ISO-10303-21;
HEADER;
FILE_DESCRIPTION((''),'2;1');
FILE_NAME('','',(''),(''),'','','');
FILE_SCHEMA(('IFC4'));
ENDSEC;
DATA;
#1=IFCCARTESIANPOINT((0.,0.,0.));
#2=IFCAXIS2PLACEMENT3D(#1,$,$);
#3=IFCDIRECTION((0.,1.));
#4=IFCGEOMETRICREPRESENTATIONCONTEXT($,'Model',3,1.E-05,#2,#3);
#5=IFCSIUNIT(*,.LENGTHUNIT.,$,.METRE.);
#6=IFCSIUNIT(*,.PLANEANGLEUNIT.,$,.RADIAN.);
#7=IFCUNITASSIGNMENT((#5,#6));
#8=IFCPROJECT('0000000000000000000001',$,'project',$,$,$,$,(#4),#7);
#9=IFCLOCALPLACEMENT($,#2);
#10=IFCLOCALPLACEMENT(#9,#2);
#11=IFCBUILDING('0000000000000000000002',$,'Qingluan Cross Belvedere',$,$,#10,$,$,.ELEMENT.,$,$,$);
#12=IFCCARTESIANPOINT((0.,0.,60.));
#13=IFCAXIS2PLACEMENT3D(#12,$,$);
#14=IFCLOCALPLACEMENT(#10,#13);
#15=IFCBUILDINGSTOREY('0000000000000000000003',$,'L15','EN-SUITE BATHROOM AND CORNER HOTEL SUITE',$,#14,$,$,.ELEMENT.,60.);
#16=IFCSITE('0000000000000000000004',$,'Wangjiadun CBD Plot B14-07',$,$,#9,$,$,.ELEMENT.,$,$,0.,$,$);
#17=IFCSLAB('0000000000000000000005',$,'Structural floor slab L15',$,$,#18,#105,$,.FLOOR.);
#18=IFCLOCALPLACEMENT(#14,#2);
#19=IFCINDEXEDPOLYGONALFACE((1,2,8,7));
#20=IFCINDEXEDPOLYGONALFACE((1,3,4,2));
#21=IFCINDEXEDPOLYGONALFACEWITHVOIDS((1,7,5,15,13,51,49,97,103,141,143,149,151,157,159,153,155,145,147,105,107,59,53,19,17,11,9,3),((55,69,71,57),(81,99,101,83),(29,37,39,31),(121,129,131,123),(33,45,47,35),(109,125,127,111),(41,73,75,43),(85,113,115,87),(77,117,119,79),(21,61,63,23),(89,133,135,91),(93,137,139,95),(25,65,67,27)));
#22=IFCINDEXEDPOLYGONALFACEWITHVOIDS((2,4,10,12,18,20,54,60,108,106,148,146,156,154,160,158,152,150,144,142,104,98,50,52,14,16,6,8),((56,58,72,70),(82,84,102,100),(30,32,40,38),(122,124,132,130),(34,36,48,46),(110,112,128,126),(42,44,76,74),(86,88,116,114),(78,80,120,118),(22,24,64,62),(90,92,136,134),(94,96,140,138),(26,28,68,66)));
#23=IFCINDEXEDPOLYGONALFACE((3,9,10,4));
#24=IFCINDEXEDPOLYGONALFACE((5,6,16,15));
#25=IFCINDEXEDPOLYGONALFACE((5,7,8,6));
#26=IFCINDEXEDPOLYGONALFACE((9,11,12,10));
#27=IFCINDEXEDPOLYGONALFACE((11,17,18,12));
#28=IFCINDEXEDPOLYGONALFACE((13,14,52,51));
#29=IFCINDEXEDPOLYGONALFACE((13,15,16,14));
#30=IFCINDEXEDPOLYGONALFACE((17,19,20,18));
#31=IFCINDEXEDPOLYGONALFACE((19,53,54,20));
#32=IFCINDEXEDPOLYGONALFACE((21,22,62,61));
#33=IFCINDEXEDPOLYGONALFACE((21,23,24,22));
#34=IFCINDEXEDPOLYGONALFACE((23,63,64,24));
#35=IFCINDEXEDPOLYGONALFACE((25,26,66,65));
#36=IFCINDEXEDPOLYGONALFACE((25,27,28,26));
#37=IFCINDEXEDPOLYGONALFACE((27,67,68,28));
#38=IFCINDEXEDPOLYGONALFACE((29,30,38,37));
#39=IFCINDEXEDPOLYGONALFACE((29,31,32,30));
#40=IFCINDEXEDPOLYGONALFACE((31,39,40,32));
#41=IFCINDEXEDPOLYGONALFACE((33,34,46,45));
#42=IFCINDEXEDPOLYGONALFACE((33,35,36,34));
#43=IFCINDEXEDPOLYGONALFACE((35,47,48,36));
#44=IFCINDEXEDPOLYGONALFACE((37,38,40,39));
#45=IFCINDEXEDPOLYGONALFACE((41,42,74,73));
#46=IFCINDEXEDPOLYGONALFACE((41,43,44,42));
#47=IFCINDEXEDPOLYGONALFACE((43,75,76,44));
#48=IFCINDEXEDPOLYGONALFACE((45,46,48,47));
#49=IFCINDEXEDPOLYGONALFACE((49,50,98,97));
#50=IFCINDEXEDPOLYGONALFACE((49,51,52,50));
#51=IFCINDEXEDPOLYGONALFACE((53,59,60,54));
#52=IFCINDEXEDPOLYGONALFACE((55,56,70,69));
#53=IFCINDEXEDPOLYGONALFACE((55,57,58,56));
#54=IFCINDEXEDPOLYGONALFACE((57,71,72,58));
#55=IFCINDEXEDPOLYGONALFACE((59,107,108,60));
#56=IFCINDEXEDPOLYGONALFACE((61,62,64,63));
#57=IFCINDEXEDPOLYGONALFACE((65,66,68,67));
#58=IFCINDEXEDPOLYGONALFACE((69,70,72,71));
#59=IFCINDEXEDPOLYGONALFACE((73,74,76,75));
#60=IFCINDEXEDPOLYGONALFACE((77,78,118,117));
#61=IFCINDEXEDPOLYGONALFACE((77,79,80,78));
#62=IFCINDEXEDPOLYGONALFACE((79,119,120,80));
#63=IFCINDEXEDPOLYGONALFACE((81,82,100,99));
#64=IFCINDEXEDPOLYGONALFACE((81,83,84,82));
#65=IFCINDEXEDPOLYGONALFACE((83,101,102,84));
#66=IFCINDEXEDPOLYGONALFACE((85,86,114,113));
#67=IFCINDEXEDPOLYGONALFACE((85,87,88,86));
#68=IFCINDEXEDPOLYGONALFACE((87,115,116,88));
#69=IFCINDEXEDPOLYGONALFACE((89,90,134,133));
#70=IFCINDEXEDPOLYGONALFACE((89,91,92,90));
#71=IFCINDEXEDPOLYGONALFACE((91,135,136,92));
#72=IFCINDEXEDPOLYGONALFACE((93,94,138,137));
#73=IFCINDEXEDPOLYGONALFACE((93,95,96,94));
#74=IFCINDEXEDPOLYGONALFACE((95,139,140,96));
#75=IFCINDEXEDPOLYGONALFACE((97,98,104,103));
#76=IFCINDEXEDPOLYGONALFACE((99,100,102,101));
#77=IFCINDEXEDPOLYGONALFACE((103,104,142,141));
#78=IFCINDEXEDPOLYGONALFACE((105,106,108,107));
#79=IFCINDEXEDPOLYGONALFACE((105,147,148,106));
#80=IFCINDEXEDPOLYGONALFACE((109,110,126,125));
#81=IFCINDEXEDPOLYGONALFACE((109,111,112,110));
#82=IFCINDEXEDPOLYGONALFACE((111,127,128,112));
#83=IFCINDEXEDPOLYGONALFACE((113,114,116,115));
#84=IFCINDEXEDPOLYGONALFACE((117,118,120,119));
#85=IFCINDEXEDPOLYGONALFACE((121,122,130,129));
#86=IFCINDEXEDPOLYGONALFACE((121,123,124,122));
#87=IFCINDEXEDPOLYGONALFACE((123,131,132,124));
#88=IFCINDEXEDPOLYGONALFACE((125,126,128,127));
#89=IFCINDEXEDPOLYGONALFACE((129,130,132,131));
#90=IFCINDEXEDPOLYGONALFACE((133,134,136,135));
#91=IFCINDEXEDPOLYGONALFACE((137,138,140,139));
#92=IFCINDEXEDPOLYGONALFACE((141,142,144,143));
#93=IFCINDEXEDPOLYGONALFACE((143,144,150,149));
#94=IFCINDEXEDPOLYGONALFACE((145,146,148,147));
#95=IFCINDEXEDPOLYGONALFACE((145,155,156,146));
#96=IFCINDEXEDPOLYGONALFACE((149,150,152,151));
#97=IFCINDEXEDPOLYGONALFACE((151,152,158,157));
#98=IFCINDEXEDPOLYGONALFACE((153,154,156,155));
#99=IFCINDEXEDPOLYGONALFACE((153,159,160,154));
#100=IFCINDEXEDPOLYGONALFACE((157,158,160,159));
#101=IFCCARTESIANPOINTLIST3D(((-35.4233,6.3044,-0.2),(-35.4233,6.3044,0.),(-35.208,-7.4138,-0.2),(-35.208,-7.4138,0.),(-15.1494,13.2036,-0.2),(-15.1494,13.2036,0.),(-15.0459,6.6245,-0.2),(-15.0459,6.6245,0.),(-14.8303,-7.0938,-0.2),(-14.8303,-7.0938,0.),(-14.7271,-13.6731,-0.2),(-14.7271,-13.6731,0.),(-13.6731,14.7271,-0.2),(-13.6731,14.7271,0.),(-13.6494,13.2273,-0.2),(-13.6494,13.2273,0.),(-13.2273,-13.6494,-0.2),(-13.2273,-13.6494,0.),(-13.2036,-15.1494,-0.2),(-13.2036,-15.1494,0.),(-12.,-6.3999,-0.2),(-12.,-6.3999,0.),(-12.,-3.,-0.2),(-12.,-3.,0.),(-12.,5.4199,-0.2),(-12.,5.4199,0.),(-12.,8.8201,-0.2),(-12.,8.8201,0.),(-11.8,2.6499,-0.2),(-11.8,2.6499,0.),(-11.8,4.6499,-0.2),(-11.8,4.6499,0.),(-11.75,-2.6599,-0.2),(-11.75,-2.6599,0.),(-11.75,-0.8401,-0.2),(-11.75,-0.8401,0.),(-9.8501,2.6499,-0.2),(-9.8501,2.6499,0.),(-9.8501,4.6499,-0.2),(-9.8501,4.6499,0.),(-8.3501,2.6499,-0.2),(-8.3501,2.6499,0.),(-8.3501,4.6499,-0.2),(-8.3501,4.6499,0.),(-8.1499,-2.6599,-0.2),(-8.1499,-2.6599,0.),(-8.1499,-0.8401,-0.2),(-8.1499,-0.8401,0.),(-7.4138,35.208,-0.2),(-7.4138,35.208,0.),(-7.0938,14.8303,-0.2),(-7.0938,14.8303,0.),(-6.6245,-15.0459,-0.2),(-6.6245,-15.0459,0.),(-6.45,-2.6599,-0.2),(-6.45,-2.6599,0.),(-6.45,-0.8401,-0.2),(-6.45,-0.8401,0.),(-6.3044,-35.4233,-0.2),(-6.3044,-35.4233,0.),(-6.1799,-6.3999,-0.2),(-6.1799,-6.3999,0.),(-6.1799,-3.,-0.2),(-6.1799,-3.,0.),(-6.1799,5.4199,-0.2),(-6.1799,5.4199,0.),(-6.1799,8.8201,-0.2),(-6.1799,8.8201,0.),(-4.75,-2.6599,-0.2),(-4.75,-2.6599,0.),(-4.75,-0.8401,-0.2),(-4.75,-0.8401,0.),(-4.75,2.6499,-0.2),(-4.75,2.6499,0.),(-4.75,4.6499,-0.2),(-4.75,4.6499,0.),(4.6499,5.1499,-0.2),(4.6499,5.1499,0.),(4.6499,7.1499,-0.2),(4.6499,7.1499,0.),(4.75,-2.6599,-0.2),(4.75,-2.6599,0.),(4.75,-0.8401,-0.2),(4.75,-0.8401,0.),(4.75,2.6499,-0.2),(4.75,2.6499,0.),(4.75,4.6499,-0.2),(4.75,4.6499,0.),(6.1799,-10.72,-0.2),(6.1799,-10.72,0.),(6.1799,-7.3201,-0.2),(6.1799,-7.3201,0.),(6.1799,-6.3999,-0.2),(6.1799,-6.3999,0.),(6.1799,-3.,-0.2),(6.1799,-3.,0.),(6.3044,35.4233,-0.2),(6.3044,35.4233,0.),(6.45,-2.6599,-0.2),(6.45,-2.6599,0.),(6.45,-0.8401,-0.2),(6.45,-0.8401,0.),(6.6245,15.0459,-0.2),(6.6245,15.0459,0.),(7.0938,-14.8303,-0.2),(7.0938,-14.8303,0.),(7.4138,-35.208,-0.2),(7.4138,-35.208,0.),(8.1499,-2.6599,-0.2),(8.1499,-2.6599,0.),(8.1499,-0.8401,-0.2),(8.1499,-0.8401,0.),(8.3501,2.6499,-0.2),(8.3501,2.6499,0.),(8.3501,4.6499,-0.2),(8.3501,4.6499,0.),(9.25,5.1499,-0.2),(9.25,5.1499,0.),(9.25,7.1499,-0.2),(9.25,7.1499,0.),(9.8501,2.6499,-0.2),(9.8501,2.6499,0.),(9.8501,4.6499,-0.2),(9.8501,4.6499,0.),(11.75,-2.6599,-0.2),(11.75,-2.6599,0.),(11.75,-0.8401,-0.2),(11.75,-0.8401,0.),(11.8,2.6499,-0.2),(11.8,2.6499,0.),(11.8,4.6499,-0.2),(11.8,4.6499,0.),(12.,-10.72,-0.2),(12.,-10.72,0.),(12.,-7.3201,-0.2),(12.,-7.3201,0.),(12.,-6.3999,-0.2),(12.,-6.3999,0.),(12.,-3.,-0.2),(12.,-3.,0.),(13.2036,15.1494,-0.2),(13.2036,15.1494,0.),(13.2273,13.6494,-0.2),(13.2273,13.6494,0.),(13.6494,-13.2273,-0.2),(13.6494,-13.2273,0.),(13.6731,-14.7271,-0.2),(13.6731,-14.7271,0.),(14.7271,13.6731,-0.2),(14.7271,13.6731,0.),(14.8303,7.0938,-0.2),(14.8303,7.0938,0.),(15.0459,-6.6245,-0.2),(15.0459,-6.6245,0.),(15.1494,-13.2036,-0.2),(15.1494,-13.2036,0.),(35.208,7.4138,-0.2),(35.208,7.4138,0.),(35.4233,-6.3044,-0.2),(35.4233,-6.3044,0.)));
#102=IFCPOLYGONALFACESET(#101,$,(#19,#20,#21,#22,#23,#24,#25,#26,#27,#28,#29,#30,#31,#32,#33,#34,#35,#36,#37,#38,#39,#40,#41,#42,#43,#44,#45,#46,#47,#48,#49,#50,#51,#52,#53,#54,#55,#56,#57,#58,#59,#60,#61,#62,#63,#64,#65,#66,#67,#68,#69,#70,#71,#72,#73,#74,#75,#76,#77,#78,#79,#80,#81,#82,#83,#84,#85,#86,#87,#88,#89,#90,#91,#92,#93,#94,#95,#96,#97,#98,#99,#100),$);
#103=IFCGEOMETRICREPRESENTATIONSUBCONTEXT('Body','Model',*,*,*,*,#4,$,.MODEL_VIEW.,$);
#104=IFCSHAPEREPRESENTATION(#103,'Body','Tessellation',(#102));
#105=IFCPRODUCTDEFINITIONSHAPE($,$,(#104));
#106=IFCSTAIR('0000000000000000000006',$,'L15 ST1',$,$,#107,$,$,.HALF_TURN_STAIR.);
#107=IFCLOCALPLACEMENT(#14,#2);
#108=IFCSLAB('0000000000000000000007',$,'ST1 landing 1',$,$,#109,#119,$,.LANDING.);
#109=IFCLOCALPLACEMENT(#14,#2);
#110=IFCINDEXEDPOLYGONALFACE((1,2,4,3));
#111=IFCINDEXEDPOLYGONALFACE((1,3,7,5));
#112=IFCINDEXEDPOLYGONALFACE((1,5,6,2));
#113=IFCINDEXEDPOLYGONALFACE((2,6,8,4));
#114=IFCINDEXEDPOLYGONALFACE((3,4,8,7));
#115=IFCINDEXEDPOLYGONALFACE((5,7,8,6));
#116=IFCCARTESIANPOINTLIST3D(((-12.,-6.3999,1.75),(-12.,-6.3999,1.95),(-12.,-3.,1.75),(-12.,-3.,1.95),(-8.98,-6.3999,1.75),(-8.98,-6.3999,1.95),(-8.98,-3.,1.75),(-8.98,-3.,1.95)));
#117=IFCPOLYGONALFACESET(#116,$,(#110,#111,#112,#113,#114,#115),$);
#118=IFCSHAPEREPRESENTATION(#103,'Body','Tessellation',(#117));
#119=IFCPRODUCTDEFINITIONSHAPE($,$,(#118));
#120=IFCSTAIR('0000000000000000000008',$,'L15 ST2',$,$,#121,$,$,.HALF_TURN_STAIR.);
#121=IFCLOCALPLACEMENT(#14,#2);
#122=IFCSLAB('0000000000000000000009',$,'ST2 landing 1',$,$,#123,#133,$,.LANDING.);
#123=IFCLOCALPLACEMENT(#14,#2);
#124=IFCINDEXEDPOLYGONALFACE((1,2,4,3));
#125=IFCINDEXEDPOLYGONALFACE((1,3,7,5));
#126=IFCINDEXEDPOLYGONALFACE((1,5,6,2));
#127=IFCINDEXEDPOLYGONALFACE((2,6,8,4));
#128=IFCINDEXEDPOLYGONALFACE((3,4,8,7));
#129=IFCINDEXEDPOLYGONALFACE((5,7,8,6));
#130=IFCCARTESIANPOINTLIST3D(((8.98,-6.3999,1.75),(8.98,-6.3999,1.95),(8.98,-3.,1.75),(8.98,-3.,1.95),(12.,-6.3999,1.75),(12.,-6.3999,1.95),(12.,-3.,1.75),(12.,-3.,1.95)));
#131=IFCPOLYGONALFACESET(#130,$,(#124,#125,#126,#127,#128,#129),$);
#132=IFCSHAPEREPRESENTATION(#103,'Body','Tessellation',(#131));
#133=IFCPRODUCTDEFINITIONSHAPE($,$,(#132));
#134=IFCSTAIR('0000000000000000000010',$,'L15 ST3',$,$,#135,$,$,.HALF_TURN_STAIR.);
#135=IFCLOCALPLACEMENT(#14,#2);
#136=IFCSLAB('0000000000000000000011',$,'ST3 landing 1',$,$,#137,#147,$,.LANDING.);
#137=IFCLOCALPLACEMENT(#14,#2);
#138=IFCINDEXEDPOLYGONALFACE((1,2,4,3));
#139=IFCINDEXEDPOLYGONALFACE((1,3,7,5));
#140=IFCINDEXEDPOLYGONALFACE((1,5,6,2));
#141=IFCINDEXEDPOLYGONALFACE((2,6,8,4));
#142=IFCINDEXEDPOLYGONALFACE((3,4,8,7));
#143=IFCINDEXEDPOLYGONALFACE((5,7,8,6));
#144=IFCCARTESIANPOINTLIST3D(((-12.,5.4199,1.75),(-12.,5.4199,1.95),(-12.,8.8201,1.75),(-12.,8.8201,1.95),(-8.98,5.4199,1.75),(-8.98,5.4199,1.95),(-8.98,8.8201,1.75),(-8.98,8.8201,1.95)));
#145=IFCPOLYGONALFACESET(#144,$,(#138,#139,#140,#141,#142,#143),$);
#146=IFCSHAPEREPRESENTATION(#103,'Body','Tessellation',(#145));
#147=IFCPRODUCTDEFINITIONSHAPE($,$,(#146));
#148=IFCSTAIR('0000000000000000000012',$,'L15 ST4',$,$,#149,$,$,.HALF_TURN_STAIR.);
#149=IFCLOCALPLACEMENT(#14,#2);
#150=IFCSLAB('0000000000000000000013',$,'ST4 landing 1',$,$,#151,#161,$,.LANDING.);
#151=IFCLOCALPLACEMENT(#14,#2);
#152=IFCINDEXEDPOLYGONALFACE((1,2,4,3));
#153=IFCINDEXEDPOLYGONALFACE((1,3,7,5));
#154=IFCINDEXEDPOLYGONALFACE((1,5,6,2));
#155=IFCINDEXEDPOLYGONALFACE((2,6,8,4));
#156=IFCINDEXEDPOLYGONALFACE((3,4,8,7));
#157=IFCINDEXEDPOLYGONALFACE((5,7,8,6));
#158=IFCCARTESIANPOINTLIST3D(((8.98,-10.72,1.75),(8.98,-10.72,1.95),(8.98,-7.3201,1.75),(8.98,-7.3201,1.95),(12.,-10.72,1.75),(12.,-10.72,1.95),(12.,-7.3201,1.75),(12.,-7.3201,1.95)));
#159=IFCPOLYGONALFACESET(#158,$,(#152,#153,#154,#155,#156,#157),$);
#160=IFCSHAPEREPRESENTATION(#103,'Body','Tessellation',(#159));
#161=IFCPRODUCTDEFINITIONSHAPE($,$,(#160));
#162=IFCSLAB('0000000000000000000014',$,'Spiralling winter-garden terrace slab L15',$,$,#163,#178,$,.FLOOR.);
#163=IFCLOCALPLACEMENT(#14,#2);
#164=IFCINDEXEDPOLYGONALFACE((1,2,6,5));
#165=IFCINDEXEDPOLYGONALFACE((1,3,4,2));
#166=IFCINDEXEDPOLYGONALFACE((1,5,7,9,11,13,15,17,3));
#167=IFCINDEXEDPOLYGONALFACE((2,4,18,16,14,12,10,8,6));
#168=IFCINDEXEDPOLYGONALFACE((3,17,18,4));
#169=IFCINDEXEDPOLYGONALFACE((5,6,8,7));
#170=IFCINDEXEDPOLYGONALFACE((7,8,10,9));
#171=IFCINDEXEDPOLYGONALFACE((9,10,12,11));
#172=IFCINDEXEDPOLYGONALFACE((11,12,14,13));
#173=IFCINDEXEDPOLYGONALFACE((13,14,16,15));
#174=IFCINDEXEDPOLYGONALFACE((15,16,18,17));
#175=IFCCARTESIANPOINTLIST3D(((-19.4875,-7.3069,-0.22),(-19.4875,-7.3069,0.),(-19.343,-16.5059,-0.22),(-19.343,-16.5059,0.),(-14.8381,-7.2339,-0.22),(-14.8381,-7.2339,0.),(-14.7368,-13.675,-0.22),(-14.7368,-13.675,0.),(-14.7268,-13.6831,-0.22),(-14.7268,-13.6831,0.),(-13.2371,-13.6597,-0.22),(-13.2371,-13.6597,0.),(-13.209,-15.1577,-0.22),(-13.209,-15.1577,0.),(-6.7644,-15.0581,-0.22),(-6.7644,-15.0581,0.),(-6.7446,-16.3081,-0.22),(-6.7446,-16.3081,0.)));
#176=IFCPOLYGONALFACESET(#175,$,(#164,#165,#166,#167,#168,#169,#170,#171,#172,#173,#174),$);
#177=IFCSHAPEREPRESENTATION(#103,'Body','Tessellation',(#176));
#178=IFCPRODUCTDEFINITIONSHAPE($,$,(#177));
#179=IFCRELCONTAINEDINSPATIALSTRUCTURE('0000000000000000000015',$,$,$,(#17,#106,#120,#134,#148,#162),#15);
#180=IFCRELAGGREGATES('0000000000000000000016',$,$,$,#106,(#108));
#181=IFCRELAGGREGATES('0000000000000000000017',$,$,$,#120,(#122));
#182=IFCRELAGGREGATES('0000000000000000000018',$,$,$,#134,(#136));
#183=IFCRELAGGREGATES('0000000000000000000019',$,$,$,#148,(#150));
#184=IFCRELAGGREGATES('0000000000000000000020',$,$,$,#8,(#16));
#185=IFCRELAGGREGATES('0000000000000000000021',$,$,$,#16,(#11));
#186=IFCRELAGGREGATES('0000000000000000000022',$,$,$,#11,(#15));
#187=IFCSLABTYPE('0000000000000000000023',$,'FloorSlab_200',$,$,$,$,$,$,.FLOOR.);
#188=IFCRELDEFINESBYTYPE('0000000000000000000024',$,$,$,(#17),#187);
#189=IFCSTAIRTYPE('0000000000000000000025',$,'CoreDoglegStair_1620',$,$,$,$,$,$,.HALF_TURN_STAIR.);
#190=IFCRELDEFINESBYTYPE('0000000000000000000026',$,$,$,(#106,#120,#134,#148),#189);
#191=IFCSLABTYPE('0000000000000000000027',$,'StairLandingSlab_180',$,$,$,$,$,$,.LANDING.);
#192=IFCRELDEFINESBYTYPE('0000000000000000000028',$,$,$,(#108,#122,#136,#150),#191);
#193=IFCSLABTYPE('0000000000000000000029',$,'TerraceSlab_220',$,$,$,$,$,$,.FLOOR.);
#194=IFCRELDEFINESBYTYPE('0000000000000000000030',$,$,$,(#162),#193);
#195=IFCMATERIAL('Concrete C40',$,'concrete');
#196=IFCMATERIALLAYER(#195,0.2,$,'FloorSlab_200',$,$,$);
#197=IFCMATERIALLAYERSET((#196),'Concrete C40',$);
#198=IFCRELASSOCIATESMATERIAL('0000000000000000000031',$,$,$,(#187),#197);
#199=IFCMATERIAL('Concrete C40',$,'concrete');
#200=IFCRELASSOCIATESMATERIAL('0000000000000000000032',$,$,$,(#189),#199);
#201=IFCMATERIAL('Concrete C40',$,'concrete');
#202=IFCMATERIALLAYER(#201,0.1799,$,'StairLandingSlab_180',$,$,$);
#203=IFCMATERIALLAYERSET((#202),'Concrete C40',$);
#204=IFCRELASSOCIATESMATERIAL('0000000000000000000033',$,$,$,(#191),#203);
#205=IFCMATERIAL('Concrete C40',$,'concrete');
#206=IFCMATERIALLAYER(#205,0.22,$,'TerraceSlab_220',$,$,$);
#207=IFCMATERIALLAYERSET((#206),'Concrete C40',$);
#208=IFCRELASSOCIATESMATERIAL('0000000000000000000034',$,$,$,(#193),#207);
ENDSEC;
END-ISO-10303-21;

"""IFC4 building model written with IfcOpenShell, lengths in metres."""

from ifc_helpers import new_model, si_unit, direction, frame, origin, place, context, subcontext, project, spatial, polyline, outline, extrude, material, layer, layer_set, type_object, element, aggregate, save


model = new_model("IFC4")

# Units and contexts
model_context = context("Model", 3, precision=1e-05, world=origin(), true_north=direction((0.0, 1.0)))
body_context = subcontext(model_context, "Body", "Model", "MODEL_VIEW")
ifc_project = project(units=[si_unit("LENGTHUNIT", "METRE"), si_unit("PLANEANGLEUNIT", "RADIAN")], contexts=[model_context])

# Site, building, storey
site_placement = place(None, origin())
site = spatial("IfcSite", under=ifc_project, at=site_placement, Name="Wangjiadun CBD Plot B14-07", CompositionType="ELEMENT", RefElevation=0.0)
building_placement = place(site_placement, origin())
building = spatial("IfcBuilding", under=site, at=building_placement, Name="Qingluan Cross Belvedere", CompositionType="ELEMENT")
storey_placement = place(building_placement, frame((0.0, 0.0, 60.0)))
storey = spatial("IfcBuildingStorey", under=building, at=storey_placement, Name="L15", Description="EN-SUITE BATHROOM AND CORNER HOTEL SUITE", CompositionType="ELEMENT", Elevation=60.0)

# Slab
ifc_material_1 = material(Name="Concrete C40", Category="concrete")
ifc_layer_1 = layer(ifc_material_1, 0.2, Name="FloorSlab_200")
ifc_layer_set_1 = layer_set([ifc_layer_1], Name="Concrete C40")
slab_type_1 = type_object("IfcSlabType", Name="FloorSlab_200", PredefinedType="FLOOR", material=ifc_layer_set_1)
slab_1_placement = place(storey_placement, frame((0.0, 0.0, -0.2)))
element("IfcSlab", 1, at=slab_1_placement, inside=storey, type_object=slab_type_1, Name="Structural floor slab L15", PredefinedType="FLOOR", context=body_context, shape_type="SweptSolid", body=[
    extrude(outline(polyline([(7.4138, -35.208), (7.0938, -14.8303), (13.6731, -14.7271), (13.6494, -13.2273), (15.1494, -13.2036), (15.0459, -6.6245), (35.4233, -6.3044), (35.208, 7.4138), (14.8303, 7.0938), (14.7271, 13.6731), (13.2273, 13.6494), (13.2036, 15.1494), (6.6245, 15.0459), (6.3044, 35.4233), (-7.4138, 35.208), (-7.0938, 14.8303), (-13.6731, 14.7271), (-13.6494, 13.2273), (-15.1494, 13.2036), (-15.0459, 6.6245), (-35.4233, 6.3044), (-35.208, -7.4138), (-14.8303, -7.0938), (-14.7271, -13.6731), (-13.2273, -13.6494), (-13.2036, -15.1494), (-6.6245, -15.0459), (-6.3044, -35.4233), (7.4138, -35.208)]), holes=[polyline([(-12.0, -3.0), (-6.1799, -3.0), (-6.1799, -6.3999), (-12.0, -6.3999), (-12.0, -3.0)]), polyline([(6.1799, -3.0), (12.0, -3.0), (12.0, -6.3999), (6.1799, -6.3999), (6.1799, -3.0)]), polyline([(-12.0, 8.8201), (-6.1799, 8.8201), (-6.1799, 5.4199), (-12.0, 5.4199), (-12.0, 8.8201)]), polyline([(6.1799, -7.3201), (12.0, -7.3201), (12.0, -10.72), (6.1799, -10.72), (6.1799, -7.3201)]), polyline([(-11.8, 4.6499), (-9.8501, 4.6499), (-9.8501, 2.6499), (-11.8, 2.6499), (-11.8, 4.6499)]), polyline([(-8.3501, 4.6499), (-4.75, 4.6499), (-4.75, 2.6499), (-8.3501, 2.6499), (-8.3501, 4.6499)]), polyline([(4.75, 4.6499), (8.3501, 4.6499), (8.3501, 2.6499), (4.75, 2.6499), (4.75, 4.6499)]), polyline([(9.8501, 4.6499), (11.8, 4.6499), (11.8, 2.6499), (9.8501, 2.6499), (9.8501, 4.6499)]), polyline([(-11.75, -0.8401), (-8.1499, -0.8401), (-8.1499, -2.6599), (-11.75, -2.6599), (-11.75, -0.8401)]), polyline([(-6.45, -0.8401), (-4.75, -0.8401), (-4.75, -2.6599), (-6.45, -2.6599), (-6.45, -0.8401)]), polyline([(4.75, -0.8401), (6.45, -0.8401), (6.45, -2.6599), (4.75, -2.6599), (4.75, -0.8401)]), polyline([(8.1499, -0.8401), (11.75, -0.8401), (11.75, -2.6599), (8.1499, -2.6599), (8.1499, -0.8401)]), polyline([(4.6499, 7.1499), (9.25, 7.1499), (9.25, 5.1499), (4.6499, 5.1499), (4.6499, 7.1499)])]), origin(), (0.0, 0.0, 1.0), 0.2),
])

# Stairs, slabs
ifc_material_2 = material(Name="Concrete C40", Category="concrete")
stair_type = type_object("IfcStairType", Name="CoreDoglegStair_1620", PredefinedType="HALF_TURN_STAIR", material=ifc_material_2)
stair_1_placement = place(storey_placement, origin())
stair_1 = element("IfcStair", 2, at=stair_1_placement, inside=storey, type_object=stair_type, Name="L15 ST1", PredefinedType="HALF_TURN_STAIR")
ifc_material_3 = material(Name="Concrete C40", Category="concrete")
ifc_layer_2 = layer(ifc_material_3, 0.1799, Name="StairLandingSlab_180")
ifc_layer_set_2 = layer_set([ifc_layer_2], Name="Concrete C40")
slab_type_2 = type_object("IfcSlabType", Name="StairLandingSlab_180", PredefinedType="LANDING", material=ifc_layer_set_2)
slab_2_placement = place(storey_placement, frame((0.0, 0.0, 1.75)))
slab_2 = element("IfcSlab", 3, at=slab_2_placement, type_object=slab_type_2, Name="ST1 landing 1", PredefinedType="LANDING", context=body_context, shape_type="SweptSolid", body=[
    extrude(outline(polyline([(-8.98, -3.0), (-12.0, -3.0), (-12.0, -6.3999), (-8.98, -6.3999), (-8.98, -3.0)])), origin(), (0.0, 0.0, 1.0), 0.2),
])
aggregate(stair_1, [slab_2])
stair_2_placement = place(storey_placement, origin())
stair_2 = element("IfcStair", 4, at=stair_2_placement, inside=storey, type_object=stair_type, Name="L15 ST2", PredefinedType="HALF_TURN_STAIR")
slab_3_placement = place(storey_placement, frame((0.0, 0.0, 1.75)))
slab_3 = element("IfcSlab", 5, at=slab_3_placement, type_object=slab_type_2, Name="ST2 landing 1", PredefinedType="LANDING", context=body_context, shape_type="SweptSolid", body=[
    extrude(outline(polyline([(8.98, -6.3999), (12.0, -6.3999), (12.0, -3.0), (8.98, -3.0), (8.98, -6.3999)])), origin(), (0.0, 0.0, 1.0), 0.2),
])
aggregate(stair_2, [slab_3])
stair_3_placement = place(storey_placement, origin())
stair_3 = element("IfcStair", 6, at=stair_3_placement, inside=storey, type_object=stair_type, Name="L15 ST3", PredefinedType="HALF_TURN_STAIR")
slab_4_placement = place(storey_placement, frame((0.0, 0.0, 1.75)))
slab_4 = element("IfcSlab", 7, at=slab_4_placement, type_object=slab_type_2, Name="ST3 landing 1", PredefinedType="LANDING", context=body_context, shape_type="SweptSolid", body=[
    extrude(outline(polyline([(-8.98, 8.8201), (-12.0, 8.8201), (-12.0, 5.4199), (-8.98, 5.4199), (-8.98, 8.8201)])), origin(), (0.0, 0.0, 1.0), 0.2),
])
aggregate(stair_3, [slab_4])
stair_4_placement = place(storey_placement, origin())
stair_4 = element("IfcStair", 8, at=stair_4_placement, inside=storey, type_object=stair_type, Name="L15 ST4", PredefinedType="HALF_TURN_STAIR")
slab_5_placement = place(storey_placement, frame((0.0, 0.0, 1.75)))
slab_5 = element("IfcSlab", 9, at=slab_5_placement, type_object=slab_type_2, Name="ST4 landing 1", PredefinedType="LANDING", context=body_context, shape_type="SweptSolid", body=[
    extrude(outline(polyline([(8.98, -10.72), (12.0, -10.72), (12.0, -7.3201), (8.98, -7.3201), (8.98, -10.72)])), origin(), (0.0, 0.0, 1.0), 0.2),
])
aggregate(stair_4, [slab_5])

# Slab
ifc_material_4 = material(Name="Concrete C40", Category="concrete")
ifc_layer_3 = layer(ifc_material_4, 0.22, Name="TerraceSlab_220")
ifc_layer_set_3 = layer_set([ifc_layer_3], Name="Concrete C40")
slab_type_3 = type_object("IfcSlabType", Name="TerraceSlab_220", PredefinedType="FLOOR", material=ifc_layer_set_3)
slab_6_placement = place(storey_placement, frame((0.0, 0.0, -0.22)))
element("IfcSlab", 10, at=slab_6_placement, inside=storey, type_object=slab_type_3, Name="Spiralling winter-garden terrace slab L15", PredefinedType="FLOOR", context=body_context, shape_type="SweptSolid", body=[
    extrude(outline(polyline([(-6.7644, -15.0581), (-13.209, -15.1577), (-13.2371, -13.6597), (-14.7268, -13.6831), (-14.7368, -13.675), (-14.8381, -7.2339), (-19.4875, -7.3069), (-19.343, -16.5059), (-6.7446, -16.3081), (-6.7644, -15.0581)])), origin(), (0.0, 0.0, 1.0), 0.22),
])

save(model, "model.ifc")
